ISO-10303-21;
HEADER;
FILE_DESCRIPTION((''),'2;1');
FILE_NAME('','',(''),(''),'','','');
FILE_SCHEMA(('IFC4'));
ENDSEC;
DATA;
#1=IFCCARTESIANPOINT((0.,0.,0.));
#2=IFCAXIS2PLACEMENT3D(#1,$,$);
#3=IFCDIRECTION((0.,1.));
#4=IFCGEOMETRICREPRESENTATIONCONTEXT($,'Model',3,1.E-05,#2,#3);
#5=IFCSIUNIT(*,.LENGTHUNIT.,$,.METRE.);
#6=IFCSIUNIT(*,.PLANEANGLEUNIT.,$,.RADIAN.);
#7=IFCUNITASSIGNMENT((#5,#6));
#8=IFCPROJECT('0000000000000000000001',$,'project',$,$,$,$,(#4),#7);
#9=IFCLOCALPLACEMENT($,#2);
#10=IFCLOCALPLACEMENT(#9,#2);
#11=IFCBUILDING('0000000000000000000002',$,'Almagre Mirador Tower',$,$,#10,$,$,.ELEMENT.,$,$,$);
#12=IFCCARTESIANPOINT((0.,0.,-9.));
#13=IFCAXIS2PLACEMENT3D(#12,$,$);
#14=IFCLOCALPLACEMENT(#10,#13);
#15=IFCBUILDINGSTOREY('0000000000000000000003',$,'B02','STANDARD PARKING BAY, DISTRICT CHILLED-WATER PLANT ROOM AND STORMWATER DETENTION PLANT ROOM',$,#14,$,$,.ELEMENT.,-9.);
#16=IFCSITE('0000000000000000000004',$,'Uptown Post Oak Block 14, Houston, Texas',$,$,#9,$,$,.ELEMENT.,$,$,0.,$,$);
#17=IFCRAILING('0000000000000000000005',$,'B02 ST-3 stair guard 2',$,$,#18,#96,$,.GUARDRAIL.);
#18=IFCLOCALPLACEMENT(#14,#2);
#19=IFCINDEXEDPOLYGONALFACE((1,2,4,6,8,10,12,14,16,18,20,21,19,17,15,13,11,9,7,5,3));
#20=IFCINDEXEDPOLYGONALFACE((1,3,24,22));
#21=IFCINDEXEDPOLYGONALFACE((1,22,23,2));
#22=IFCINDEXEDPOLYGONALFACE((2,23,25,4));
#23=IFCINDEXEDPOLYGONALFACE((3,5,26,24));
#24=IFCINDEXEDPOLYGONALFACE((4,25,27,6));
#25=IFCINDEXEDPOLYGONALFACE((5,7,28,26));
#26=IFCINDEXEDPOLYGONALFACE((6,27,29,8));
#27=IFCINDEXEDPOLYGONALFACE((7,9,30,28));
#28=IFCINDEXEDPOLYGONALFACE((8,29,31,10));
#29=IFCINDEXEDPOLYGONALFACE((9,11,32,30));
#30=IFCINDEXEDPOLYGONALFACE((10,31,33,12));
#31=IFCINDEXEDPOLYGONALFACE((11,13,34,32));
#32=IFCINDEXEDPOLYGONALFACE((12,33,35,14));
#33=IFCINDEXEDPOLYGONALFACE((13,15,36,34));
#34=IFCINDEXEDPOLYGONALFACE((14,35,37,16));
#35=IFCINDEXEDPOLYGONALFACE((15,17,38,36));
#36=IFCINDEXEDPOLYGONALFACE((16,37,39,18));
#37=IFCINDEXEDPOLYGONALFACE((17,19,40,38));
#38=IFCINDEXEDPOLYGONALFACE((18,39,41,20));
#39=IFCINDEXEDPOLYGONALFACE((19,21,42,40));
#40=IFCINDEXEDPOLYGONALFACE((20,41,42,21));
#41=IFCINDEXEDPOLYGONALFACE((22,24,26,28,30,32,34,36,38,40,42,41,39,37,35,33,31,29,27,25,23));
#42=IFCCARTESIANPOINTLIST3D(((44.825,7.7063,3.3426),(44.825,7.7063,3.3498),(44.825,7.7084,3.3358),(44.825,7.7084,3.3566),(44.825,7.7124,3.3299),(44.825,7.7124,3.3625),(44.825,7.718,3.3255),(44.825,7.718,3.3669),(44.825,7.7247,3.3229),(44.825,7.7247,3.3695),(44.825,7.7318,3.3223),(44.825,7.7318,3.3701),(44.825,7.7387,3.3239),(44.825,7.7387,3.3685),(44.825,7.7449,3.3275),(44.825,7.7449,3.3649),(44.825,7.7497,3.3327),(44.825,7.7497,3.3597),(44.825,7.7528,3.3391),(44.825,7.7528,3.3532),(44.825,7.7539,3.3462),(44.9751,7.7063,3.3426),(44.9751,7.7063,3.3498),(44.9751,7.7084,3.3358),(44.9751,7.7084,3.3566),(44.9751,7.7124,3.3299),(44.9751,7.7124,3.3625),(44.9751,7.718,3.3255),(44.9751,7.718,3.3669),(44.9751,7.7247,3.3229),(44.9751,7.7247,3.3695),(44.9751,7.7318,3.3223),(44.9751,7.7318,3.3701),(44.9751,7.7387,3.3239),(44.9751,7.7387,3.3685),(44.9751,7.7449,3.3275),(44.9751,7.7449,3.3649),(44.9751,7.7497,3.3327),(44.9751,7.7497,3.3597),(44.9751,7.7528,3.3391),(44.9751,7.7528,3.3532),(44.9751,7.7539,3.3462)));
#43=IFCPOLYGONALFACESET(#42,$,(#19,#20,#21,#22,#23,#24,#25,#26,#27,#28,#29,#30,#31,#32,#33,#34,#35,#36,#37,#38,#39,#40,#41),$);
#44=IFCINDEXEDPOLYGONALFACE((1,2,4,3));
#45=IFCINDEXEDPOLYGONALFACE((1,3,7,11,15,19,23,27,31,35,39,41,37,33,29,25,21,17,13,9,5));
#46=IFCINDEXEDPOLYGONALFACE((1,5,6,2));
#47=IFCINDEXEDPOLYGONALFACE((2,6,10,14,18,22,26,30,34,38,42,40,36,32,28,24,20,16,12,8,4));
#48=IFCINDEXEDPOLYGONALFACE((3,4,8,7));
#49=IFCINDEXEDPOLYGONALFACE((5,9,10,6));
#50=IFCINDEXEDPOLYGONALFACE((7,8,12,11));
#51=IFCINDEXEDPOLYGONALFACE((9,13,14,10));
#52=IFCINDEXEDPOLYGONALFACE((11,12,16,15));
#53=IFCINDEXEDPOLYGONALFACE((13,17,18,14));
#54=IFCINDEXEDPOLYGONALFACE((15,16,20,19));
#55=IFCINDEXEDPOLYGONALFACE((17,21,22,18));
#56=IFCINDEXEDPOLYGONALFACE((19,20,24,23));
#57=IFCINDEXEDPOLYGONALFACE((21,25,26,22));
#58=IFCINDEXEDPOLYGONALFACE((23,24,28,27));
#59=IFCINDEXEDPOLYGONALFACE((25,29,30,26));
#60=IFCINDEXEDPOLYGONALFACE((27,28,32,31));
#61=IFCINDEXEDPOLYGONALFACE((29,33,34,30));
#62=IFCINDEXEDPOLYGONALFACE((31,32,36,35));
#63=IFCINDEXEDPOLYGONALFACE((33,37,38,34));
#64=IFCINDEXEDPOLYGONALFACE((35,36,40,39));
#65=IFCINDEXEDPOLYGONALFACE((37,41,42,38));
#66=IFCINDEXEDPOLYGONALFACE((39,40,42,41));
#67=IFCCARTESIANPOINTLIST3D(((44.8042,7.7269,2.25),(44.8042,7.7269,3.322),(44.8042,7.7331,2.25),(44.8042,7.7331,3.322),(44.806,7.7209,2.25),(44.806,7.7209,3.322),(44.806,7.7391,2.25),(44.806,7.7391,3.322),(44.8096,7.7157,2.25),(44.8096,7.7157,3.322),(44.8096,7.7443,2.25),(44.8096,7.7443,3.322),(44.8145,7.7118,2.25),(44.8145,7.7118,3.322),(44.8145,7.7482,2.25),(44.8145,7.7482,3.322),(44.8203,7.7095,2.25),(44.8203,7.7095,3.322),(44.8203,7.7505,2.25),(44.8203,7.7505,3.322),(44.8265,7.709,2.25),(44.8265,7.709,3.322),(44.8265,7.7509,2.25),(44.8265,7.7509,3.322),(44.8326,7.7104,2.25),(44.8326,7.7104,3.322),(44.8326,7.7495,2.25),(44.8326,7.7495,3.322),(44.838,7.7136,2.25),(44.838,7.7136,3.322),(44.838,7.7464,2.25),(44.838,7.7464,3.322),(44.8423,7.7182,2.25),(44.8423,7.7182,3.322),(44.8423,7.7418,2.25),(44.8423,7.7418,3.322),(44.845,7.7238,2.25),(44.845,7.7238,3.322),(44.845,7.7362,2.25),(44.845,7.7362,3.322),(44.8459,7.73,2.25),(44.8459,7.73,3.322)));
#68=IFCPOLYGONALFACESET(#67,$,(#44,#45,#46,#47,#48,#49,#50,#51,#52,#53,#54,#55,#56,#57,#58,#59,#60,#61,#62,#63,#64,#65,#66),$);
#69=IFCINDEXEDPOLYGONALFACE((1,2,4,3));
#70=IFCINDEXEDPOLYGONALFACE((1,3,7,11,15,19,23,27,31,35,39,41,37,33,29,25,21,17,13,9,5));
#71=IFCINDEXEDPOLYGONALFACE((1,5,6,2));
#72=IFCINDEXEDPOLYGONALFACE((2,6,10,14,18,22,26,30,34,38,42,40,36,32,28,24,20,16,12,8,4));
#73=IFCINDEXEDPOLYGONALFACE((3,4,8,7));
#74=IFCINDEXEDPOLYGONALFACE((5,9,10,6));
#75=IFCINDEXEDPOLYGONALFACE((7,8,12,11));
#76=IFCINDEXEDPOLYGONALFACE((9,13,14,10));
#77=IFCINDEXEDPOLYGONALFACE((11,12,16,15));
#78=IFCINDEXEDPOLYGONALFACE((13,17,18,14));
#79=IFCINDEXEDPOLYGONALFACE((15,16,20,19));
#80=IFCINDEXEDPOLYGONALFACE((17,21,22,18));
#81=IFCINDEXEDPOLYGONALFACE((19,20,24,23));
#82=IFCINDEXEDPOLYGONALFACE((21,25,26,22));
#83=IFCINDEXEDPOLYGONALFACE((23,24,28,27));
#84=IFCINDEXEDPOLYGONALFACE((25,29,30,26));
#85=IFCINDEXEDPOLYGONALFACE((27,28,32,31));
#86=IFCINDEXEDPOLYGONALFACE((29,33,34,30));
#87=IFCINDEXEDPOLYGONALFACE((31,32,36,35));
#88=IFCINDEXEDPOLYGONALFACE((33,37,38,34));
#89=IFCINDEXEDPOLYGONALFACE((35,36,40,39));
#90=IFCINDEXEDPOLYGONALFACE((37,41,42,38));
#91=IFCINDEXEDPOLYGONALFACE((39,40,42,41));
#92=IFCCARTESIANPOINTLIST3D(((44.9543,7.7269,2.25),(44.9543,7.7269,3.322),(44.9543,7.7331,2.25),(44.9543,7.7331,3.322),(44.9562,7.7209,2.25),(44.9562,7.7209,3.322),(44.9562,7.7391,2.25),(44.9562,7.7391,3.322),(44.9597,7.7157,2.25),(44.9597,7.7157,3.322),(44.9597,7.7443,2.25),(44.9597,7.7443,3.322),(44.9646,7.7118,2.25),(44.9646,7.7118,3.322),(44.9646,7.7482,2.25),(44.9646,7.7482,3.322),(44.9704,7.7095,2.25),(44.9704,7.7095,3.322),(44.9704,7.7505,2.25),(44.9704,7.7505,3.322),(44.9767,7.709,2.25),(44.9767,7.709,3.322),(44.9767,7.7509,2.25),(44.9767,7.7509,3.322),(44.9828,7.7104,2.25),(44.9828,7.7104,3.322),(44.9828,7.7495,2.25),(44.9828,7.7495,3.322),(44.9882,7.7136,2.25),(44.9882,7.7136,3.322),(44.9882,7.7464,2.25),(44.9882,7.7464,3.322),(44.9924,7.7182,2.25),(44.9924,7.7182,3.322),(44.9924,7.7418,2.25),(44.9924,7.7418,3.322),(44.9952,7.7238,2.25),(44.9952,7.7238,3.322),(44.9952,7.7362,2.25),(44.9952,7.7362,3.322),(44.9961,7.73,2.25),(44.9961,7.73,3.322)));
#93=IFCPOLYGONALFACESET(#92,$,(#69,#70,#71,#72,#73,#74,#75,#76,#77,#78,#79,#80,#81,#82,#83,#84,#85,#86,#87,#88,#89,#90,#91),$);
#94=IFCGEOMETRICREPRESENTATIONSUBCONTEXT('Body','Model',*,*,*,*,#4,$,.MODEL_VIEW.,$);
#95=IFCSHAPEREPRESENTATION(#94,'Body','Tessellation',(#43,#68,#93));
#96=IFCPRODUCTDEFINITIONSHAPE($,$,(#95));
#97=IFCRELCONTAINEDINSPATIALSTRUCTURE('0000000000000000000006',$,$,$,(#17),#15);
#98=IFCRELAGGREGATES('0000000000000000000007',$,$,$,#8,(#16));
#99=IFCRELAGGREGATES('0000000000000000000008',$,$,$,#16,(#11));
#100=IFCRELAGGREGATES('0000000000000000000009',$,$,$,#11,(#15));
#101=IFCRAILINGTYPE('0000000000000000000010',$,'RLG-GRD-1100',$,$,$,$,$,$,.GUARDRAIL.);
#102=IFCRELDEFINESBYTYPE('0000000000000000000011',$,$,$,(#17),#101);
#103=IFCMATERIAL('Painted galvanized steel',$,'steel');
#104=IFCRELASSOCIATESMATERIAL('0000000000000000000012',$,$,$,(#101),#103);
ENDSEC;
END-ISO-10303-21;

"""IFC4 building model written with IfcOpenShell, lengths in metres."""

from ifc_helpers import new_model, si_unit, direction, frame, origin, origin_2d, place, context, subcontext, project, spatial, circle, extrude, material, type_object, element, save


model = new_model("IFC4")

# Units and contexts
model_context = context("Model", 3, precision=1e-05, world=origin(), true_north=direction((0.0, 1.0)))
body_context = subcontext(model_context, "Body", "Model", "MODEL_VIEW")
ifc_project = project(units=[si_unit("LENGTHUNIT", "METRE"), si_unit("PLANEANGLEUNIT", "RADIAN")], contexts=[model_context])

# Site, building, storey
site_placement = place(None, origin())
site = spatial("IfcSite", under=ifc_project, at=site_placement, Name="Uptown Post Oak Block 14, Houston, Texas", CompositionType="ELEMENT", RefElevation=0.0)
building_placement = place(site_placement, origin())
building = spatial("IfcBuilding", under=site, at=building_placement, Name="Almagre Mirador Tower", CompositionType="ELEMENT")
storey_placement = place(building_placement, frame((0.0, 0.0, -9.0)))
storey = spatial("IfcBuildingStorey", under=building, at=storey_placement, Name="B02", Description="STANDARD PARKING BAY, DISTRICT CHILLED-WATER PLANT ROOM AND STORMWATER DETENTION PLANT ROOM", CompositionType="ELEMENT", Elevation=-9.0)

# Railing
ifc_material_1 = material(Name="Painted galvanized steel", Category="steel")
railing_type_1 = type_object("IfcRailingType", Name="RLG-GRD-1100", PredefinedType="GUARDRAIL", material=ifc_material_1)
railing_1_placement = place(storey_placement, frame((44.825, 7.73, 2.25)))
element("IfcRailing", 1, at=railing_1_placement, inside=storey, type_object=railing_type_1, Name="B02 ST-3 stair guard 2", PredefinedType="GUARDRAIL", context=body_context, shape_type="SweptSolid", body=[
    extrude(circle(Radius=0.0239, at=origin_2d()), frame((0.0, 0.0, 1.0962), z_axis=(1.0, 0.0, 0.0), x_axis=(0.0, 1.0, 0.0)), (0.0, 0.0, 1.0), 0.1501),
    extrude(circle(Radius=0.021, at=origin_2d()), origin(), (0.0, 0.0, 1.0), 1.072),
    extrude(circle(Radius=0.021, at=origin_2d()), frame((0.1501, 0.0, 0.0)), (0.0, 0.0, 1.0), 1.072),
])

save(model, "model.ifc")
